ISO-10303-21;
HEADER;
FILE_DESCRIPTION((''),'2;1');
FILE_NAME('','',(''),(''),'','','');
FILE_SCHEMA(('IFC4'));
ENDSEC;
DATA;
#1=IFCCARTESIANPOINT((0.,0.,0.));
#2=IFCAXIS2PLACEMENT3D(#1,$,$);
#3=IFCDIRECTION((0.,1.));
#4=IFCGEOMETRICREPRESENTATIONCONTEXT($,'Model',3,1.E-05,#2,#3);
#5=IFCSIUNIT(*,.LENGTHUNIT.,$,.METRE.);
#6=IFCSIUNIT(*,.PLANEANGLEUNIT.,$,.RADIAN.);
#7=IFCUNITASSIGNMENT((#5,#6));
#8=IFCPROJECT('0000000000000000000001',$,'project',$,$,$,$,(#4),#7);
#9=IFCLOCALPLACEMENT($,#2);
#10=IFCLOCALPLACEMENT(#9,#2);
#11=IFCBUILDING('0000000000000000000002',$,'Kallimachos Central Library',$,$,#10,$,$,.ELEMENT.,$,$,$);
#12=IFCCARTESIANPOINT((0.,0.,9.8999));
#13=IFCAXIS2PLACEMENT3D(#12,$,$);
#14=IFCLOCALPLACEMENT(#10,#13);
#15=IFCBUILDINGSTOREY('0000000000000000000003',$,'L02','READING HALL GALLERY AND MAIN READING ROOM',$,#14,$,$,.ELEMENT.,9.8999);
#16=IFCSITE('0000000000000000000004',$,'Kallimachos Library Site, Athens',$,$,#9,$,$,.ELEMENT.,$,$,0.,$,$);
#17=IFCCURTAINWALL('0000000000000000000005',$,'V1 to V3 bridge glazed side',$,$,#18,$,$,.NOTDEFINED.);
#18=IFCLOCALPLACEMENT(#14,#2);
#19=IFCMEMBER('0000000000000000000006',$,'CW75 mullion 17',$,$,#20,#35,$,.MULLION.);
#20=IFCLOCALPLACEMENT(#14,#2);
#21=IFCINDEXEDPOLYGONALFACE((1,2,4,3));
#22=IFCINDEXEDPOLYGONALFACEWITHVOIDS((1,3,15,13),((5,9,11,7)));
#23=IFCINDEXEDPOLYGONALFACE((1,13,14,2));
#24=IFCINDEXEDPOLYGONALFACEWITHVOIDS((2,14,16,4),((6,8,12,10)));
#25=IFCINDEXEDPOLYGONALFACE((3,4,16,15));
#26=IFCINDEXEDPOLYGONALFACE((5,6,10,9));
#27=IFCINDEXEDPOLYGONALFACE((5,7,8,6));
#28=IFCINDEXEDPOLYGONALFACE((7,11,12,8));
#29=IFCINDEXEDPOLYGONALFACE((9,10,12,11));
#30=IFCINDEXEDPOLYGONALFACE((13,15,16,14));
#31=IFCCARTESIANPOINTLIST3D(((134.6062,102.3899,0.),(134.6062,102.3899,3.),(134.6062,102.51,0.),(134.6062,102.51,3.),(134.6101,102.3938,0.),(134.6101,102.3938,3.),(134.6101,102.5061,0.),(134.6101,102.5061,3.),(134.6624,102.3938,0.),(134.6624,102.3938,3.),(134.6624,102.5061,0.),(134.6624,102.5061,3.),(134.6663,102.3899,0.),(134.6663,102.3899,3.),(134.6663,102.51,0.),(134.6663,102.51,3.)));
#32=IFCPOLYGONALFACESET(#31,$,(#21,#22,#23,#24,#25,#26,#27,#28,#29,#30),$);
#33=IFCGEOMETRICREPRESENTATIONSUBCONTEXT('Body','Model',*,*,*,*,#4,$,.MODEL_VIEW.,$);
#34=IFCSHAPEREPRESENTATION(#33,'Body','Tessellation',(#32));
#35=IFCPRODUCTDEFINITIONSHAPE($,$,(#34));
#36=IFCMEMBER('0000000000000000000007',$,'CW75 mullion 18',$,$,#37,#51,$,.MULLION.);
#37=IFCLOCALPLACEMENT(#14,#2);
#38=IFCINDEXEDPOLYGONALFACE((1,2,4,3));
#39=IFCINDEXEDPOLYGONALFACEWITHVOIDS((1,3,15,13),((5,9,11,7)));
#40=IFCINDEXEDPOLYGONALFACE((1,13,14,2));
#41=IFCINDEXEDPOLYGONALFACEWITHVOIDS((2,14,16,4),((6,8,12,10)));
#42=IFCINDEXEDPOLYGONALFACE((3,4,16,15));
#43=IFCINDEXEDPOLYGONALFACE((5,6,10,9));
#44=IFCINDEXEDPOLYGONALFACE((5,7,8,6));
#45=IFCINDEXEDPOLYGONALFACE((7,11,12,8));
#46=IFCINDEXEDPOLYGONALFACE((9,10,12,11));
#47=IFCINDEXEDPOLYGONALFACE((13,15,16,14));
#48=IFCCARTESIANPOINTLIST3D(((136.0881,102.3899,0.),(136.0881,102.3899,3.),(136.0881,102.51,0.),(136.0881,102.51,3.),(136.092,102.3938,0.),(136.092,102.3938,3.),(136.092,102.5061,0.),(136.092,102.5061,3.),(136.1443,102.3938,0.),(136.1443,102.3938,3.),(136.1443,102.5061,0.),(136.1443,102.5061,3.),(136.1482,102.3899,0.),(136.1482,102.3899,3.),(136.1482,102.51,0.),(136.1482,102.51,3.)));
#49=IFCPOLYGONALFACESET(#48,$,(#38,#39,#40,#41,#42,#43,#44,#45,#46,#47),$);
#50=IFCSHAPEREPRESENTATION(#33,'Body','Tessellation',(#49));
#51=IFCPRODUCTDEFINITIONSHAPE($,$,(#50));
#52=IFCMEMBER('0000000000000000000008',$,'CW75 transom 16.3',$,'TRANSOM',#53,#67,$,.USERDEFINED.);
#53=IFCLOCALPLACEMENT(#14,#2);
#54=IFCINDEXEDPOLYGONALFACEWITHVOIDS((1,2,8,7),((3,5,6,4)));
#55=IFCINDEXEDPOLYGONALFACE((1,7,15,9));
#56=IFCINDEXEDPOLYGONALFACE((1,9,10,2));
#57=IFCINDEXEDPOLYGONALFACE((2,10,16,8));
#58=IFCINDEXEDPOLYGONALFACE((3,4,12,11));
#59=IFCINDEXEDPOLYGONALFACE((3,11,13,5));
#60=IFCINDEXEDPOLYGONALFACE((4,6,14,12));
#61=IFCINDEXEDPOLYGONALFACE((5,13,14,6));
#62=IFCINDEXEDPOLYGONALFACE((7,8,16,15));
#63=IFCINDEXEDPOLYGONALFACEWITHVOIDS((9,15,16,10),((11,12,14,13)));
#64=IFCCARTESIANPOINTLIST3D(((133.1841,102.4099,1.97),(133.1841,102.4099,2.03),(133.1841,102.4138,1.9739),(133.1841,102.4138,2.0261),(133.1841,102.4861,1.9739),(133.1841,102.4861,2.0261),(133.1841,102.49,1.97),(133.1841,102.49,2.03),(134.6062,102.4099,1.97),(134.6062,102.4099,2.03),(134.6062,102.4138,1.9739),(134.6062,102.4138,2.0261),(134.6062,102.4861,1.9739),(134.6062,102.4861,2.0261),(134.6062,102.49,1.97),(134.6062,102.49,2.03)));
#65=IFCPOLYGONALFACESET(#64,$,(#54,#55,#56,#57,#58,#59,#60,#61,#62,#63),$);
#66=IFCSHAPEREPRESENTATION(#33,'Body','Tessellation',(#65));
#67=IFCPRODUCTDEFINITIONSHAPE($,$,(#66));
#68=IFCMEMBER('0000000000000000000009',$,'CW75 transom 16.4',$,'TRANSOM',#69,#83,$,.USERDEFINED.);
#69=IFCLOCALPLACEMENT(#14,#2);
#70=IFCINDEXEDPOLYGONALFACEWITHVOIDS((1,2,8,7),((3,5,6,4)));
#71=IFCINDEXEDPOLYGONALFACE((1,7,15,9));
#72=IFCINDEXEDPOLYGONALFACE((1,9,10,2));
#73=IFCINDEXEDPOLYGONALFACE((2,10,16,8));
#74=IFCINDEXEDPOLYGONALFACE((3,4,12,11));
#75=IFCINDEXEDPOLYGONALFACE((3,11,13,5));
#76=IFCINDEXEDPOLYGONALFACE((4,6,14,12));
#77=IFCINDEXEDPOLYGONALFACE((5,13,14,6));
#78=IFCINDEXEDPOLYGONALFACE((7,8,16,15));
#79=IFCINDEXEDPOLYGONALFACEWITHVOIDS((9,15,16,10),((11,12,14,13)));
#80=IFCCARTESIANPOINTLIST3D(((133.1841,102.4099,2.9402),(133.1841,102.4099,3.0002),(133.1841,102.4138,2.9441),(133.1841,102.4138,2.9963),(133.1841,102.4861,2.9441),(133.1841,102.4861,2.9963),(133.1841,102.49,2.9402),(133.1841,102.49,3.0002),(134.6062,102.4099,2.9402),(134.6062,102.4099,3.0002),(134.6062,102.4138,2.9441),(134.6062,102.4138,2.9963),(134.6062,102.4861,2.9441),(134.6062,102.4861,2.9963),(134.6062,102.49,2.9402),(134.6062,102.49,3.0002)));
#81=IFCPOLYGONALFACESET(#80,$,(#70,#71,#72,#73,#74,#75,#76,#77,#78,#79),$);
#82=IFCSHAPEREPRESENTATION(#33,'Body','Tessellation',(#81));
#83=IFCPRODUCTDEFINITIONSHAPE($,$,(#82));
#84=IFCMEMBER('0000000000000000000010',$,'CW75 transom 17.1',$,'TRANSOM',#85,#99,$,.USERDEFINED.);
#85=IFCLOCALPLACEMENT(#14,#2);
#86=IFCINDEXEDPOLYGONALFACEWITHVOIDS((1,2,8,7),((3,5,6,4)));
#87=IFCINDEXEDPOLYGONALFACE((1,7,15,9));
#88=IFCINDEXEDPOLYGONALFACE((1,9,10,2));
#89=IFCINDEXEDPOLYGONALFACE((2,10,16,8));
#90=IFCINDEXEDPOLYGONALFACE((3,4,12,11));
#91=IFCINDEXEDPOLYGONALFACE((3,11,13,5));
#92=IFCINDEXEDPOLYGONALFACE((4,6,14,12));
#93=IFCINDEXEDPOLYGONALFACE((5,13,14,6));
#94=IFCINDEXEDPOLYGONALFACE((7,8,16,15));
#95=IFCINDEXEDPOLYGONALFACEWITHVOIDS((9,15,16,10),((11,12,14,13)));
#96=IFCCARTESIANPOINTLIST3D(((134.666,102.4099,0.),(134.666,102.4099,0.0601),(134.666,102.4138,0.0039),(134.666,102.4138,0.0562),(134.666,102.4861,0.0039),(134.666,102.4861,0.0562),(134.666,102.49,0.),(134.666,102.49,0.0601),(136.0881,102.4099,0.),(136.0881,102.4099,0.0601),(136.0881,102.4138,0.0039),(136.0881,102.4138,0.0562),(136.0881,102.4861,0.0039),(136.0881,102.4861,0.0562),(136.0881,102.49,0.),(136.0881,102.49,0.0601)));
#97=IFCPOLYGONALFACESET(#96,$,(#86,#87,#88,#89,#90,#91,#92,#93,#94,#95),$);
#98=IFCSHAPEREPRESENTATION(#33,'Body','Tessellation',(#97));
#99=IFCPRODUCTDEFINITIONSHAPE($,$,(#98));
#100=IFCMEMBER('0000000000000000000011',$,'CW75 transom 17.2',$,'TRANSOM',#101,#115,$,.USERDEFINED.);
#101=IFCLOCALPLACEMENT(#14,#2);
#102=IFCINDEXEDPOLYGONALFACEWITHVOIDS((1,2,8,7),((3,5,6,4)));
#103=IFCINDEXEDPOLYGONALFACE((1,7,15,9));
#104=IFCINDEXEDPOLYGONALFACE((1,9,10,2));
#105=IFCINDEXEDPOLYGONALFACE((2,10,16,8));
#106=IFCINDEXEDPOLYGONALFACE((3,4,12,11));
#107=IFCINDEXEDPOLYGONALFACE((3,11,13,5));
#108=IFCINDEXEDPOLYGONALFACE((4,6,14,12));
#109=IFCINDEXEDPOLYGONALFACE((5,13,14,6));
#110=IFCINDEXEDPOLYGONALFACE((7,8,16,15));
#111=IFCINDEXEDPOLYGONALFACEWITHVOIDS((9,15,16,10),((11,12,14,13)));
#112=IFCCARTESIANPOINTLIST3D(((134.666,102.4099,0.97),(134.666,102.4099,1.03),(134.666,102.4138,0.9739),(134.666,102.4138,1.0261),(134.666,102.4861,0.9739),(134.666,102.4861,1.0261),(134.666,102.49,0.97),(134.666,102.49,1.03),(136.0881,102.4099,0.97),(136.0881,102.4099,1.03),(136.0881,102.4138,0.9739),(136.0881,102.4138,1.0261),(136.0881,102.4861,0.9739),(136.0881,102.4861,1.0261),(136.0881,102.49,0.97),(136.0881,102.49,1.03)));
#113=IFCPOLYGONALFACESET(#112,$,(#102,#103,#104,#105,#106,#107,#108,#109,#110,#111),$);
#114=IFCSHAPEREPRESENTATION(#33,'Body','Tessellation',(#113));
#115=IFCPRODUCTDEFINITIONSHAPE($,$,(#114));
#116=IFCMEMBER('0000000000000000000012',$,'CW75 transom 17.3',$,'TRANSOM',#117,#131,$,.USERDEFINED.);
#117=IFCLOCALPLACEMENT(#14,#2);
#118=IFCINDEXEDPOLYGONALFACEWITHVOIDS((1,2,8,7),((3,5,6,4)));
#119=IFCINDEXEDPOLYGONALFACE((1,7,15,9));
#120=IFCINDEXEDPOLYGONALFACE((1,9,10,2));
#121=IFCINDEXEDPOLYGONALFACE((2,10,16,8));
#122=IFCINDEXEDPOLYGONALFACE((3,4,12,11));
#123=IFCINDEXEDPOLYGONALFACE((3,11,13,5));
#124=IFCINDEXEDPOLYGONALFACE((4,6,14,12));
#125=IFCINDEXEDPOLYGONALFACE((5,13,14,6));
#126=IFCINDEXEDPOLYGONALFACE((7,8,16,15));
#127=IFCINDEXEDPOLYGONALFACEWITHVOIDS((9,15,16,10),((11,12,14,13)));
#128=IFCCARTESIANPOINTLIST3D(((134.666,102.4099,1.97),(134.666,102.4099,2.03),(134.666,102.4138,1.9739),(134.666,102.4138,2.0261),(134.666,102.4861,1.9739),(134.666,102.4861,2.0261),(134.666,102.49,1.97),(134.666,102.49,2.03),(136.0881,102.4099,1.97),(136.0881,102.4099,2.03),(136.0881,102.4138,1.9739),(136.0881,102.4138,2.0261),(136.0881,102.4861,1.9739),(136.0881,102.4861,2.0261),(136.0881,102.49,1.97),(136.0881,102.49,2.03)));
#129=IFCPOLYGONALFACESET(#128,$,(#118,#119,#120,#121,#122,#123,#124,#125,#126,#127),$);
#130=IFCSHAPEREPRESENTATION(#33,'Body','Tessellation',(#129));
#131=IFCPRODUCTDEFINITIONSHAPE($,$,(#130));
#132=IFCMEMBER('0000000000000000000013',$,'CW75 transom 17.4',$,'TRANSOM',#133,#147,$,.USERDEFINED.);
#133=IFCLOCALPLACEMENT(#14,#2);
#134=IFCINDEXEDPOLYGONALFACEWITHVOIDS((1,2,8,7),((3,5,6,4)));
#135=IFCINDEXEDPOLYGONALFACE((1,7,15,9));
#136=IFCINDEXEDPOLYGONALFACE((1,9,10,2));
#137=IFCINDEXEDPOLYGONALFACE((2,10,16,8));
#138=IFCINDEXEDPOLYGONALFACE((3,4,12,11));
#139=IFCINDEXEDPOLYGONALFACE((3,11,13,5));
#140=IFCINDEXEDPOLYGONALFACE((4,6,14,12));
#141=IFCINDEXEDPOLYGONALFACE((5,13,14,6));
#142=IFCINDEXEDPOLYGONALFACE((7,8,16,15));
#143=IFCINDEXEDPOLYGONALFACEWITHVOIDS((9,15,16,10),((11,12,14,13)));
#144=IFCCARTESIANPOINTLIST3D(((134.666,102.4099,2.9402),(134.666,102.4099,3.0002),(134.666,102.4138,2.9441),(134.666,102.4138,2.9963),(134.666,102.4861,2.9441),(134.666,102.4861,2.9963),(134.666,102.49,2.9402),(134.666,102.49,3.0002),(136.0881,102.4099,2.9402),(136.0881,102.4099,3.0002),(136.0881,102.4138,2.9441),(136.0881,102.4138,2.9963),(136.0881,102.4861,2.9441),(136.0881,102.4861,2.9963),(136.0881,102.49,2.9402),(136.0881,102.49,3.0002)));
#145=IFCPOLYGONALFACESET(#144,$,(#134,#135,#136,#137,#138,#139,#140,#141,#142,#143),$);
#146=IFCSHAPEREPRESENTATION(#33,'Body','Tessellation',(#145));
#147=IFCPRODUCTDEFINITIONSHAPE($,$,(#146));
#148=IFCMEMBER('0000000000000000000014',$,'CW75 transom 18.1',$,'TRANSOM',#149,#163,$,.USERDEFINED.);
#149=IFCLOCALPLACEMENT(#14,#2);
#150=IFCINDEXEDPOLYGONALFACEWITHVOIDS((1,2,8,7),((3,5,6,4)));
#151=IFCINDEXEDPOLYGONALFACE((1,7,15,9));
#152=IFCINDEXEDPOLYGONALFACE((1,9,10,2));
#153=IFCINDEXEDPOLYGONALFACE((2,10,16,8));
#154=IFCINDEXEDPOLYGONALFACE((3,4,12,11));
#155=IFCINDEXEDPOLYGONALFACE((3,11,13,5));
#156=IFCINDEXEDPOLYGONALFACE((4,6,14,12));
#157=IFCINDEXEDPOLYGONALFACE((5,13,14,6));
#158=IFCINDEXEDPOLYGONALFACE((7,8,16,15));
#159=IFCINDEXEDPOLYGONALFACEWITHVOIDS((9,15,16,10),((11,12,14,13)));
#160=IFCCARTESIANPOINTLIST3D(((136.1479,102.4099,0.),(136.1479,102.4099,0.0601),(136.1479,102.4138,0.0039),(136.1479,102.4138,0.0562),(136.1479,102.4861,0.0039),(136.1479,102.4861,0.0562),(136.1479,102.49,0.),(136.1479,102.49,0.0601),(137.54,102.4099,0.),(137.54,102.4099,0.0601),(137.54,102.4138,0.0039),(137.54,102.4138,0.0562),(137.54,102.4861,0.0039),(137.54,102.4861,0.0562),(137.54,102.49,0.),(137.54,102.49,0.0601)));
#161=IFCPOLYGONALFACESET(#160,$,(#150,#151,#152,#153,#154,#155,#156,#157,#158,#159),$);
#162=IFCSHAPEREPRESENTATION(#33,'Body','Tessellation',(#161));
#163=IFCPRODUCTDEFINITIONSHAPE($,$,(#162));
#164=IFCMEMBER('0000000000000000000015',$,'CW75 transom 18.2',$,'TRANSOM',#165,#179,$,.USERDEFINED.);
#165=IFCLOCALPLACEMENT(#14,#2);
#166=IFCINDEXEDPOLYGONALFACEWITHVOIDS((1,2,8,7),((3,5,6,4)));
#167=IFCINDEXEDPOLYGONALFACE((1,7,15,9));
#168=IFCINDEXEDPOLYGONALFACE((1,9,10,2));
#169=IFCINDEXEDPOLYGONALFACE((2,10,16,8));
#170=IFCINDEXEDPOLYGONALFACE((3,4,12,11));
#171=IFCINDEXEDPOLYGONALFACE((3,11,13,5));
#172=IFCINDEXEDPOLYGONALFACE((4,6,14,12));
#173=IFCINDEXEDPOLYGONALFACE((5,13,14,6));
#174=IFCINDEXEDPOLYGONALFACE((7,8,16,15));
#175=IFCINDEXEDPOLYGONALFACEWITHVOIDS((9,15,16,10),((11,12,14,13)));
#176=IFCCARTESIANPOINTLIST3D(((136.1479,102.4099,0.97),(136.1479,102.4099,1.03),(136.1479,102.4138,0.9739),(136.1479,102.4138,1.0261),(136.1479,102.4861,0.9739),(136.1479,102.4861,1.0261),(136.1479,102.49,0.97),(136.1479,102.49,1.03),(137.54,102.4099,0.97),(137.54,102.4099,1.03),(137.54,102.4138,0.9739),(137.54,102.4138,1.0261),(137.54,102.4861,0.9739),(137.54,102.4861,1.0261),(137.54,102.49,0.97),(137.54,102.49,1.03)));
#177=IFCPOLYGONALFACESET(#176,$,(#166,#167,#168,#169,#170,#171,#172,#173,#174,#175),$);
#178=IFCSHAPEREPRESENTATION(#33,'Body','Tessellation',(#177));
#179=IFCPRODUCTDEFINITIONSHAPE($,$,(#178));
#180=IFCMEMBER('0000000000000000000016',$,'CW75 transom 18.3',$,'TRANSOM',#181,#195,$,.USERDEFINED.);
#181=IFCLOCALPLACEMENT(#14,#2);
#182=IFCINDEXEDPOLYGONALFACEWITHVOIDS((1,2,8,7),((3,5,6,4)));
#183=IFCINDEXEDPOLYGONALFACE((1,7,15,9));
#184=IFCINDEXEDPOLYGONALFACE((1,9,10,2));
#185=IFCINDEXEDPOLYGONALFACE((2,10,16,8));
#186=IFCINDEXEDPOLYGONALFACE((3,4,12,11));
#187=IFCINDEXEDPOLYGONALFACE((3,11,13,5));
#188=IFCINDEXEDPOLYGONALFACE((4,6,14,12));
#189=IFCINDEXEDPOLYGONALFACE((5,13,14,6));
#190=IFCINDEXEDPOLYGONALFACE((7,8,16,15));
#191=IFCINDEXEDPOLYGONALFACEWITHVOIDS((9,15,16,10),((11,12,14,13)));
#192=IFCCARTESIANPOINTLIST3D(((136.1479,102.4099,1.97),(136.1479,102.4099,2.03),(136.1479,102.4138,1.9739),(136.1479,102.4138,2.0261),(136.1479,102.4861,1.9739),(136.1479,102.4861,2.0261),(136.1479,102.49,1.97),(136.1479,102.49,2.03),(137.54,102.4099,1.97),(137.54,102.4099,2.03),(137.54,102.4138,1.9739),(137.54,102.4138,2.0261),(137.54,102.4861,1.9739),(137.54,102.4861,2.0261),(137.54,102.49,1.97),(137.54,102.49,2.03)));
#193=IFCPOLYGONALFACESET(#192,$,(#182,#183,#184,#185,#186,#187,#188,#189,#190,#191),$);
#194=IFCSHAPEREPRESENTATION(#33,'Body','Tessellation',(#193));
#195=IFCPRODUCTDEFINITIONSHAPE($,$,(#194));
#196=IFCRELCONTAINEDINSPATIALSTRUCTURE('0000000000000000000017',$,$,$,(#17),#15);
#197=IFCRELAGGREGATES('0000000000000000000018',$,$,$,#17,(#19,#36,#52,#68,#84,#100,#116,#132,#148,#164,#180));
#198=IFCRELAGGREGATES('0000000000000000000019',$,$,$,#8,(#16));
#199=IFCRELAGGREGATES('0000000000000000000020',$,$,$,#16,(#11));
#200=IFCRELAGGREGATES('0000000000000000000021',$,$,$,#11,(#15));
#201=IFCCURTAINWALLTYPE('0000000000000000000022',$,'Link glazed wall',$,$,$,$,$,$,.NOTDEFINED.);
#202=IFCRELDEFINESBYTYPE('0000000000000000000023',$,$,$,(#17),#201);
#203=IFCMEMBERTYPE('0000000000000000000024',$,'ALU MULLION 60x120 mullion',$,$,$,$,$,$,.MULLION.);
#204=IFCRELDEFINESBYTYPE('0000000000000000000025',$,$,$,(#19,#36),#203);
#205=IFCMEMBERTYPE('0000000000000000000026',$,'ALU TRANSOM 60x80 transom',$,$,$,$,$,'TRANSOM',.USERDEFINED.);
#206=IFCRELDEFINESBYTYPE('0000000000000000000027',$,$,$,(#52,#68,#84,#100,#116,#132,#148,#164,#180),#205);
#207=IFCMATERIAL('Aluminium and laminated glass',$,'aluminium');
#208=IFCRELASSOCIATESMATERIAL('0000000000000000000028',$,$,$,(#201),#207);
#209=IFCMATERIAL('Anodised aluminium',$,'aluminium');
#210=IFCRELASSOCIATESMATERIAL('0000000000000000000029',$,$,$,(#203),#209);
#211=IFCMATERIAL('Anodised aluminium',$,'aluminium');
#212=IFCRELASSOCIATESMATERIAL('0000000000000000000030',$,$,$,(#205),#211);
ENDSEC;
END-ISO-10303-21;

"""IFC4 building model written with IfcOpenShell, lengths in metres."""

from ifc_helpers import new_model, si_unit, direction, frame, origin, origin_2d, place, context, subcontext, project, spatial, hollow_rectangle, extrude, material, material_profile, profile_set, type_object, element, aggregate, save


model = new_model("IFC4")

# Units and contexts
model_context = context("Model", 3, precision=1e-05, world=origin(), true_north=direction((0.0, 1.0)))
body_context = subcontext(model_context, "Body", "Model", "MODEL_VIEW")
ifc_project = project(units=[si_unit("LENGTHUNIT", "METRE"), si_unit("PLANEANGLEUNIT", "RADIAN")], contexts=[model_context])

# Site, building, storey
site_placement = place(None, origin())
site = spatial("IfcSite", under=ifc_project, at=site_placement, Name="Kallimachos Library Site, Athens", CompositionType="ELEMENT", RefElevation=0.0)
building_placement = place(site_placement, origin())
building = spatial("IfcBuilding", under=site, at=building_placement, Name="Kallimachos Central Library", CompositionType="ELEMENT")
storey_placement = place(building_placement, frame((0.0, 0.0, 9.8999)))
storey = spatial("IfcBuildingStorey", under=building, at=storey_placement, Name="L02", Description="READING HALL GALLERY AND MAIN READING ROOM", CompositionType="ELEMENT", Elevation=9.8999)

# Curtain wall, members
ifc_material_1 = material(Name="Aluminium and laminated glass", Category="aluminium")
curtain_wall_type = type_object("IfcCurtainWallType", Name="Link glazed wall", PredefinedType="NOTDEFINED", material=ifc_material_1)
curtain_wall_placement = place(storey_placement, origin())
curtain_wall = element("IfcCurtainWall", 1, at=curtain_wall_placement, inside=storey, type_object=curtain_wall_type, Name="V1 to V3 bridge glazed side", PredefinedType="NOTDEFINED")
ifc_material_2 = material(Name="Anodised aluminium", Category="aluminium")
ifc_material_profile_1 = material_profile(ifc_material_2, hollow_rectangle(XDim=0.0601, YDim=0.1201, WallThickness=0.0039, at=origin_2d()), Name="ALU MULLION 60x120")
ifc_profile_set_1 = profile_set([ifc_material_profile_1], Name="Anodised aluminium")
member_type_1 = type_object("IfcMemberType", Name="ALU MULLION 60x120 mullion", PredefinedType="MULLION", material=ifc_profile_set_1)
member_1_placement = place(storey_placement, frame((134.6362, 102.45, 0.0), z_axis=(0.0, 0.0, 1.0), x_axis=(1.0, 0.0, 0.0)))
member_1 = element("IfcMember", 2, at=member_1_placement, type_object=member_type_1, Name="CW75 mullion 17", PredefinedType="MULLION", context=body_context, shape_type="SweptSolid", body=[
    extrude(hollow_rectangle(XDim=0.0601, YDim=0.1201, WallThickness=0.0039, at=origin_2d()), origin(), (0.0, 0.0, 1.0), 3.0),
])
member_2_placement = place(storey_placement, frame((136.1182, 102.45, 0.0), z_axis=(0.0, 0.0, 1.0), x_axis=(1.0, 0.0, 0.0)))
member_2 = element("IfcMember", 3, at=member_2_placement, type_object=member_type_1, Name="CW75 mullion 18", PredefinedType="MULLION", context=body_context, shape_type="SweptSolid", body=[
    extrude(hollow_rectangle(XDim=0.0601, YDim=0.1201, WallThickness=0.0039, at=origin_2d()), origin(), (0.0, 0.0, 1.0), 3.0),
])
ifc_material_3 = material(Name="Anodised aluminium", Category="aluminium")
ifc_material_profile_2 = material_profile(ifc_material_3, hollow_rectangle(XDim=0.0601, YDim=0.0801, WallThickness=0.0039, at=origin_2d()), Name="ALU TRANSOM 60x80")
ifc_profile_set_2 = profile_set([ifc_material_profile_2], Name="Anodised aluminium")
member_type_2 = type_object("IfcMemberType", Name="ALU TRANSOM 60x80 transom", ElementType="TRANSOM", PredefinedType="USERDEFINED", material=ifc_profile_set_2)
member_3_placement = place(storey_placement, frame((133.1841, 102.45, 2.0), z_axis=(1.0, 0.0, 0.0), x_axis=(0.0, 0.0, 1.0)))
member_3 = element("IfcMember", 4, at=member_3_placement, type_object=member_type_2, Name="CW75 transom 16.3", ObjectType="TRANSOM", PredefinedType="USERDEFINED", context=body_context, shape_type="SweptSolid", body=[
    extrude(hollow_rectangle(XDim=0.0601, YDim=0.0801, WallThickness=0.0039, at=origin_2d()), origin(), (0.0, 0.0, 1.0), 1.4221),
])
member_4_placement = place(storey_placement, frame((133.1841, 102.45, 2.9702), z_axis=(1.0, 0.0, 0.0), x_axis=(0.0, 0.0, 1.0)))
member_4 = element("IfcMember", 5, at=member_4_placement, type_object=member_type_2, Name="CW75 transom 16.4", ObjectType="TRANSOM", PredefinedType="USERDEFINED", context=body_context, shape_type="SweptSolid", body=[
    extrude(hollow_rectangle(XDim=0.0601, YDim=0.0801, WallThickness=0.0039, at=origin_2d()), origin(), (0.0, 0.0, 1.0), 1.4221),
])
member_5_placement = place(storey_placement, frame((134.666, 102.45, 0.03), z_axis=(1.0, 0.0, 0.0), x_axis=(0.0, 0.0, 1.0)))
member_5 = element("IfcMember", 6, at=member_5_placement, type_object=member_type_2, Name="CW75 transom 17.1", ObjectType="TRANSOM", PredefinedType="USERDEFINED", context=body_context, shape_type="SweptSolid", body=[
    extrude(hollow_rectangle(XDim=0.0601, YDim=0.0801, WallThickness=0.0039, at=origin_2d()), origin(), (0.0, 0.0, 1.0), 1.4221),
])
member_6_placement = place(storey_placement, frame((134.666, 102.45, 1.0), z_axis=(1.0, 0.0, 0.0), x_axis=(0.0, 0.0, 1.0)))
member_6 = element("IfcMember", 7, at=member_6_placement, type_object=member_type_2, Name="CW75 transom 17.2", ObjectType="TRANSOM", PredefinedType="USERDEFINED", context=body_context, shape_type="SweptSolid", body=[
    extrude(hollow_rectangle(XDim=0.0601, YDim=0.0801, WallThickness=0.0039, at=origin_2d()), origin(), (0.0, 0.0, 1.0), 1.4221),
])
member_7_placement = place(storey_placement, frame((134.666, 102.45, 2.0), z_axis=(1.0, 0.0, 0.0), x_axis=(0.0, 0.0, 1.0)))
member_7 = element("IfcMember", 8, at=member_7_placement, type_object=member_type_2, Name="CW75 transom 17.3", ObjectType="TRANSOM", PredefinedType="USERDEFINED", context=body_context, shape_type="SweptSolid", body=[
    extrude(hollow_rectangle(XDim=0.0601, YDim=0.0801, WallThickness=0.0039, at=origin_2d()), origin(), (0.0, 0.0, 1.0), 1.4221),
])
member_8_placement = place(storey_placement, frame((134.666, 102.45, 2.9702), z_axis=(1.0, 0.0, 0.0), x_axis=(0.0, 0.0, 1.0)))
member_8 = element("IfcMember", 9, at=member_8_placement, type_object=member_type_2, Name="CW75 transom 17.4", ObjectType="TRANSOM", PredefinedType="USERDEFINED", context=body_context, shape_type="SweptSolid", body=[
    extrude(hollow_rectangle(XDim=0.0601, YDim=0.0801, WallThickness=0.0039, at=origin_2d()), origin(), (0.0, 0.0, 1.0), 1.4221),
])
member_9_placement = place(storey_placement, frame((136.1479, 102.45, 0.03), z_axis=(1.0, 0.0, 0.0), x_axis=(0.0, 0.0, 1.0)))
member_9 = element("IfcMember", 10, at=member_9_placement, type_object=member_type_2, Name="CW75 transom 18.1", ObjectType="TRANSOM", PredefinedType="USERDEFINED", context=body_context, shape_type="SweptSolid", body=[
    extrude(hollow_rectangle(XDim=0.0601, YDim=0.0801, WallThickness=0.0039, at=origin_2d()), origin(), (0.0, 0.0, 1.0), 1.3921),
])
member_10_placement = place(storey_placement, frame((136.1479, 102.45, 1.0), z_axis=(1.0, 0.0, 0.0), x_axis=(0.0, 0.0, 1.0)))
member_10 = element("IfcMember", 11, at=member_10_placement, type_object=member_type_2, Name="CW75 transom 18.2", ObjectType="TRANSOM", PredefinedType="USERDEFINED", context=body_context, shape_type="SweptSolid", body=[
    extrude(hollow_rectangle(XDim=0.0601, YDim=0.0801, WallThickness=0.0039, at=origin_2d()), origin(), (0.0, 0.0, 1.0), 1.3921),
])
member_11_placement = place(storey_placement, frame((136.1479, 102.45, 2.0), z_axis=(1.0, 0.0, 0.0), x_axis=(0.0, 0.0, 1.0)))
member_11 = element("IfcMember", 12, at=member_11_placement, type_object=member_type_2, Name="CW75 transom 18.3", ObjectType="TRANSOM", PredefinedType="USERDEFINED", context=body_context, shape_type="SweptSolid", body=[
    extrude(hollow_rectangle(XDim=0.0601, YDim=0.0801, WallThickness=0.0039, at=origin_2d()), origin(), (0.0, 0.0, 1.0), 1.3921),
])

aggregate(curtain_wall, [member_1, member_2, member_3, member_4, member_5, member_6, member_7, member_8, member_9, member_10, member_11])

save(model, "model.ifc")
